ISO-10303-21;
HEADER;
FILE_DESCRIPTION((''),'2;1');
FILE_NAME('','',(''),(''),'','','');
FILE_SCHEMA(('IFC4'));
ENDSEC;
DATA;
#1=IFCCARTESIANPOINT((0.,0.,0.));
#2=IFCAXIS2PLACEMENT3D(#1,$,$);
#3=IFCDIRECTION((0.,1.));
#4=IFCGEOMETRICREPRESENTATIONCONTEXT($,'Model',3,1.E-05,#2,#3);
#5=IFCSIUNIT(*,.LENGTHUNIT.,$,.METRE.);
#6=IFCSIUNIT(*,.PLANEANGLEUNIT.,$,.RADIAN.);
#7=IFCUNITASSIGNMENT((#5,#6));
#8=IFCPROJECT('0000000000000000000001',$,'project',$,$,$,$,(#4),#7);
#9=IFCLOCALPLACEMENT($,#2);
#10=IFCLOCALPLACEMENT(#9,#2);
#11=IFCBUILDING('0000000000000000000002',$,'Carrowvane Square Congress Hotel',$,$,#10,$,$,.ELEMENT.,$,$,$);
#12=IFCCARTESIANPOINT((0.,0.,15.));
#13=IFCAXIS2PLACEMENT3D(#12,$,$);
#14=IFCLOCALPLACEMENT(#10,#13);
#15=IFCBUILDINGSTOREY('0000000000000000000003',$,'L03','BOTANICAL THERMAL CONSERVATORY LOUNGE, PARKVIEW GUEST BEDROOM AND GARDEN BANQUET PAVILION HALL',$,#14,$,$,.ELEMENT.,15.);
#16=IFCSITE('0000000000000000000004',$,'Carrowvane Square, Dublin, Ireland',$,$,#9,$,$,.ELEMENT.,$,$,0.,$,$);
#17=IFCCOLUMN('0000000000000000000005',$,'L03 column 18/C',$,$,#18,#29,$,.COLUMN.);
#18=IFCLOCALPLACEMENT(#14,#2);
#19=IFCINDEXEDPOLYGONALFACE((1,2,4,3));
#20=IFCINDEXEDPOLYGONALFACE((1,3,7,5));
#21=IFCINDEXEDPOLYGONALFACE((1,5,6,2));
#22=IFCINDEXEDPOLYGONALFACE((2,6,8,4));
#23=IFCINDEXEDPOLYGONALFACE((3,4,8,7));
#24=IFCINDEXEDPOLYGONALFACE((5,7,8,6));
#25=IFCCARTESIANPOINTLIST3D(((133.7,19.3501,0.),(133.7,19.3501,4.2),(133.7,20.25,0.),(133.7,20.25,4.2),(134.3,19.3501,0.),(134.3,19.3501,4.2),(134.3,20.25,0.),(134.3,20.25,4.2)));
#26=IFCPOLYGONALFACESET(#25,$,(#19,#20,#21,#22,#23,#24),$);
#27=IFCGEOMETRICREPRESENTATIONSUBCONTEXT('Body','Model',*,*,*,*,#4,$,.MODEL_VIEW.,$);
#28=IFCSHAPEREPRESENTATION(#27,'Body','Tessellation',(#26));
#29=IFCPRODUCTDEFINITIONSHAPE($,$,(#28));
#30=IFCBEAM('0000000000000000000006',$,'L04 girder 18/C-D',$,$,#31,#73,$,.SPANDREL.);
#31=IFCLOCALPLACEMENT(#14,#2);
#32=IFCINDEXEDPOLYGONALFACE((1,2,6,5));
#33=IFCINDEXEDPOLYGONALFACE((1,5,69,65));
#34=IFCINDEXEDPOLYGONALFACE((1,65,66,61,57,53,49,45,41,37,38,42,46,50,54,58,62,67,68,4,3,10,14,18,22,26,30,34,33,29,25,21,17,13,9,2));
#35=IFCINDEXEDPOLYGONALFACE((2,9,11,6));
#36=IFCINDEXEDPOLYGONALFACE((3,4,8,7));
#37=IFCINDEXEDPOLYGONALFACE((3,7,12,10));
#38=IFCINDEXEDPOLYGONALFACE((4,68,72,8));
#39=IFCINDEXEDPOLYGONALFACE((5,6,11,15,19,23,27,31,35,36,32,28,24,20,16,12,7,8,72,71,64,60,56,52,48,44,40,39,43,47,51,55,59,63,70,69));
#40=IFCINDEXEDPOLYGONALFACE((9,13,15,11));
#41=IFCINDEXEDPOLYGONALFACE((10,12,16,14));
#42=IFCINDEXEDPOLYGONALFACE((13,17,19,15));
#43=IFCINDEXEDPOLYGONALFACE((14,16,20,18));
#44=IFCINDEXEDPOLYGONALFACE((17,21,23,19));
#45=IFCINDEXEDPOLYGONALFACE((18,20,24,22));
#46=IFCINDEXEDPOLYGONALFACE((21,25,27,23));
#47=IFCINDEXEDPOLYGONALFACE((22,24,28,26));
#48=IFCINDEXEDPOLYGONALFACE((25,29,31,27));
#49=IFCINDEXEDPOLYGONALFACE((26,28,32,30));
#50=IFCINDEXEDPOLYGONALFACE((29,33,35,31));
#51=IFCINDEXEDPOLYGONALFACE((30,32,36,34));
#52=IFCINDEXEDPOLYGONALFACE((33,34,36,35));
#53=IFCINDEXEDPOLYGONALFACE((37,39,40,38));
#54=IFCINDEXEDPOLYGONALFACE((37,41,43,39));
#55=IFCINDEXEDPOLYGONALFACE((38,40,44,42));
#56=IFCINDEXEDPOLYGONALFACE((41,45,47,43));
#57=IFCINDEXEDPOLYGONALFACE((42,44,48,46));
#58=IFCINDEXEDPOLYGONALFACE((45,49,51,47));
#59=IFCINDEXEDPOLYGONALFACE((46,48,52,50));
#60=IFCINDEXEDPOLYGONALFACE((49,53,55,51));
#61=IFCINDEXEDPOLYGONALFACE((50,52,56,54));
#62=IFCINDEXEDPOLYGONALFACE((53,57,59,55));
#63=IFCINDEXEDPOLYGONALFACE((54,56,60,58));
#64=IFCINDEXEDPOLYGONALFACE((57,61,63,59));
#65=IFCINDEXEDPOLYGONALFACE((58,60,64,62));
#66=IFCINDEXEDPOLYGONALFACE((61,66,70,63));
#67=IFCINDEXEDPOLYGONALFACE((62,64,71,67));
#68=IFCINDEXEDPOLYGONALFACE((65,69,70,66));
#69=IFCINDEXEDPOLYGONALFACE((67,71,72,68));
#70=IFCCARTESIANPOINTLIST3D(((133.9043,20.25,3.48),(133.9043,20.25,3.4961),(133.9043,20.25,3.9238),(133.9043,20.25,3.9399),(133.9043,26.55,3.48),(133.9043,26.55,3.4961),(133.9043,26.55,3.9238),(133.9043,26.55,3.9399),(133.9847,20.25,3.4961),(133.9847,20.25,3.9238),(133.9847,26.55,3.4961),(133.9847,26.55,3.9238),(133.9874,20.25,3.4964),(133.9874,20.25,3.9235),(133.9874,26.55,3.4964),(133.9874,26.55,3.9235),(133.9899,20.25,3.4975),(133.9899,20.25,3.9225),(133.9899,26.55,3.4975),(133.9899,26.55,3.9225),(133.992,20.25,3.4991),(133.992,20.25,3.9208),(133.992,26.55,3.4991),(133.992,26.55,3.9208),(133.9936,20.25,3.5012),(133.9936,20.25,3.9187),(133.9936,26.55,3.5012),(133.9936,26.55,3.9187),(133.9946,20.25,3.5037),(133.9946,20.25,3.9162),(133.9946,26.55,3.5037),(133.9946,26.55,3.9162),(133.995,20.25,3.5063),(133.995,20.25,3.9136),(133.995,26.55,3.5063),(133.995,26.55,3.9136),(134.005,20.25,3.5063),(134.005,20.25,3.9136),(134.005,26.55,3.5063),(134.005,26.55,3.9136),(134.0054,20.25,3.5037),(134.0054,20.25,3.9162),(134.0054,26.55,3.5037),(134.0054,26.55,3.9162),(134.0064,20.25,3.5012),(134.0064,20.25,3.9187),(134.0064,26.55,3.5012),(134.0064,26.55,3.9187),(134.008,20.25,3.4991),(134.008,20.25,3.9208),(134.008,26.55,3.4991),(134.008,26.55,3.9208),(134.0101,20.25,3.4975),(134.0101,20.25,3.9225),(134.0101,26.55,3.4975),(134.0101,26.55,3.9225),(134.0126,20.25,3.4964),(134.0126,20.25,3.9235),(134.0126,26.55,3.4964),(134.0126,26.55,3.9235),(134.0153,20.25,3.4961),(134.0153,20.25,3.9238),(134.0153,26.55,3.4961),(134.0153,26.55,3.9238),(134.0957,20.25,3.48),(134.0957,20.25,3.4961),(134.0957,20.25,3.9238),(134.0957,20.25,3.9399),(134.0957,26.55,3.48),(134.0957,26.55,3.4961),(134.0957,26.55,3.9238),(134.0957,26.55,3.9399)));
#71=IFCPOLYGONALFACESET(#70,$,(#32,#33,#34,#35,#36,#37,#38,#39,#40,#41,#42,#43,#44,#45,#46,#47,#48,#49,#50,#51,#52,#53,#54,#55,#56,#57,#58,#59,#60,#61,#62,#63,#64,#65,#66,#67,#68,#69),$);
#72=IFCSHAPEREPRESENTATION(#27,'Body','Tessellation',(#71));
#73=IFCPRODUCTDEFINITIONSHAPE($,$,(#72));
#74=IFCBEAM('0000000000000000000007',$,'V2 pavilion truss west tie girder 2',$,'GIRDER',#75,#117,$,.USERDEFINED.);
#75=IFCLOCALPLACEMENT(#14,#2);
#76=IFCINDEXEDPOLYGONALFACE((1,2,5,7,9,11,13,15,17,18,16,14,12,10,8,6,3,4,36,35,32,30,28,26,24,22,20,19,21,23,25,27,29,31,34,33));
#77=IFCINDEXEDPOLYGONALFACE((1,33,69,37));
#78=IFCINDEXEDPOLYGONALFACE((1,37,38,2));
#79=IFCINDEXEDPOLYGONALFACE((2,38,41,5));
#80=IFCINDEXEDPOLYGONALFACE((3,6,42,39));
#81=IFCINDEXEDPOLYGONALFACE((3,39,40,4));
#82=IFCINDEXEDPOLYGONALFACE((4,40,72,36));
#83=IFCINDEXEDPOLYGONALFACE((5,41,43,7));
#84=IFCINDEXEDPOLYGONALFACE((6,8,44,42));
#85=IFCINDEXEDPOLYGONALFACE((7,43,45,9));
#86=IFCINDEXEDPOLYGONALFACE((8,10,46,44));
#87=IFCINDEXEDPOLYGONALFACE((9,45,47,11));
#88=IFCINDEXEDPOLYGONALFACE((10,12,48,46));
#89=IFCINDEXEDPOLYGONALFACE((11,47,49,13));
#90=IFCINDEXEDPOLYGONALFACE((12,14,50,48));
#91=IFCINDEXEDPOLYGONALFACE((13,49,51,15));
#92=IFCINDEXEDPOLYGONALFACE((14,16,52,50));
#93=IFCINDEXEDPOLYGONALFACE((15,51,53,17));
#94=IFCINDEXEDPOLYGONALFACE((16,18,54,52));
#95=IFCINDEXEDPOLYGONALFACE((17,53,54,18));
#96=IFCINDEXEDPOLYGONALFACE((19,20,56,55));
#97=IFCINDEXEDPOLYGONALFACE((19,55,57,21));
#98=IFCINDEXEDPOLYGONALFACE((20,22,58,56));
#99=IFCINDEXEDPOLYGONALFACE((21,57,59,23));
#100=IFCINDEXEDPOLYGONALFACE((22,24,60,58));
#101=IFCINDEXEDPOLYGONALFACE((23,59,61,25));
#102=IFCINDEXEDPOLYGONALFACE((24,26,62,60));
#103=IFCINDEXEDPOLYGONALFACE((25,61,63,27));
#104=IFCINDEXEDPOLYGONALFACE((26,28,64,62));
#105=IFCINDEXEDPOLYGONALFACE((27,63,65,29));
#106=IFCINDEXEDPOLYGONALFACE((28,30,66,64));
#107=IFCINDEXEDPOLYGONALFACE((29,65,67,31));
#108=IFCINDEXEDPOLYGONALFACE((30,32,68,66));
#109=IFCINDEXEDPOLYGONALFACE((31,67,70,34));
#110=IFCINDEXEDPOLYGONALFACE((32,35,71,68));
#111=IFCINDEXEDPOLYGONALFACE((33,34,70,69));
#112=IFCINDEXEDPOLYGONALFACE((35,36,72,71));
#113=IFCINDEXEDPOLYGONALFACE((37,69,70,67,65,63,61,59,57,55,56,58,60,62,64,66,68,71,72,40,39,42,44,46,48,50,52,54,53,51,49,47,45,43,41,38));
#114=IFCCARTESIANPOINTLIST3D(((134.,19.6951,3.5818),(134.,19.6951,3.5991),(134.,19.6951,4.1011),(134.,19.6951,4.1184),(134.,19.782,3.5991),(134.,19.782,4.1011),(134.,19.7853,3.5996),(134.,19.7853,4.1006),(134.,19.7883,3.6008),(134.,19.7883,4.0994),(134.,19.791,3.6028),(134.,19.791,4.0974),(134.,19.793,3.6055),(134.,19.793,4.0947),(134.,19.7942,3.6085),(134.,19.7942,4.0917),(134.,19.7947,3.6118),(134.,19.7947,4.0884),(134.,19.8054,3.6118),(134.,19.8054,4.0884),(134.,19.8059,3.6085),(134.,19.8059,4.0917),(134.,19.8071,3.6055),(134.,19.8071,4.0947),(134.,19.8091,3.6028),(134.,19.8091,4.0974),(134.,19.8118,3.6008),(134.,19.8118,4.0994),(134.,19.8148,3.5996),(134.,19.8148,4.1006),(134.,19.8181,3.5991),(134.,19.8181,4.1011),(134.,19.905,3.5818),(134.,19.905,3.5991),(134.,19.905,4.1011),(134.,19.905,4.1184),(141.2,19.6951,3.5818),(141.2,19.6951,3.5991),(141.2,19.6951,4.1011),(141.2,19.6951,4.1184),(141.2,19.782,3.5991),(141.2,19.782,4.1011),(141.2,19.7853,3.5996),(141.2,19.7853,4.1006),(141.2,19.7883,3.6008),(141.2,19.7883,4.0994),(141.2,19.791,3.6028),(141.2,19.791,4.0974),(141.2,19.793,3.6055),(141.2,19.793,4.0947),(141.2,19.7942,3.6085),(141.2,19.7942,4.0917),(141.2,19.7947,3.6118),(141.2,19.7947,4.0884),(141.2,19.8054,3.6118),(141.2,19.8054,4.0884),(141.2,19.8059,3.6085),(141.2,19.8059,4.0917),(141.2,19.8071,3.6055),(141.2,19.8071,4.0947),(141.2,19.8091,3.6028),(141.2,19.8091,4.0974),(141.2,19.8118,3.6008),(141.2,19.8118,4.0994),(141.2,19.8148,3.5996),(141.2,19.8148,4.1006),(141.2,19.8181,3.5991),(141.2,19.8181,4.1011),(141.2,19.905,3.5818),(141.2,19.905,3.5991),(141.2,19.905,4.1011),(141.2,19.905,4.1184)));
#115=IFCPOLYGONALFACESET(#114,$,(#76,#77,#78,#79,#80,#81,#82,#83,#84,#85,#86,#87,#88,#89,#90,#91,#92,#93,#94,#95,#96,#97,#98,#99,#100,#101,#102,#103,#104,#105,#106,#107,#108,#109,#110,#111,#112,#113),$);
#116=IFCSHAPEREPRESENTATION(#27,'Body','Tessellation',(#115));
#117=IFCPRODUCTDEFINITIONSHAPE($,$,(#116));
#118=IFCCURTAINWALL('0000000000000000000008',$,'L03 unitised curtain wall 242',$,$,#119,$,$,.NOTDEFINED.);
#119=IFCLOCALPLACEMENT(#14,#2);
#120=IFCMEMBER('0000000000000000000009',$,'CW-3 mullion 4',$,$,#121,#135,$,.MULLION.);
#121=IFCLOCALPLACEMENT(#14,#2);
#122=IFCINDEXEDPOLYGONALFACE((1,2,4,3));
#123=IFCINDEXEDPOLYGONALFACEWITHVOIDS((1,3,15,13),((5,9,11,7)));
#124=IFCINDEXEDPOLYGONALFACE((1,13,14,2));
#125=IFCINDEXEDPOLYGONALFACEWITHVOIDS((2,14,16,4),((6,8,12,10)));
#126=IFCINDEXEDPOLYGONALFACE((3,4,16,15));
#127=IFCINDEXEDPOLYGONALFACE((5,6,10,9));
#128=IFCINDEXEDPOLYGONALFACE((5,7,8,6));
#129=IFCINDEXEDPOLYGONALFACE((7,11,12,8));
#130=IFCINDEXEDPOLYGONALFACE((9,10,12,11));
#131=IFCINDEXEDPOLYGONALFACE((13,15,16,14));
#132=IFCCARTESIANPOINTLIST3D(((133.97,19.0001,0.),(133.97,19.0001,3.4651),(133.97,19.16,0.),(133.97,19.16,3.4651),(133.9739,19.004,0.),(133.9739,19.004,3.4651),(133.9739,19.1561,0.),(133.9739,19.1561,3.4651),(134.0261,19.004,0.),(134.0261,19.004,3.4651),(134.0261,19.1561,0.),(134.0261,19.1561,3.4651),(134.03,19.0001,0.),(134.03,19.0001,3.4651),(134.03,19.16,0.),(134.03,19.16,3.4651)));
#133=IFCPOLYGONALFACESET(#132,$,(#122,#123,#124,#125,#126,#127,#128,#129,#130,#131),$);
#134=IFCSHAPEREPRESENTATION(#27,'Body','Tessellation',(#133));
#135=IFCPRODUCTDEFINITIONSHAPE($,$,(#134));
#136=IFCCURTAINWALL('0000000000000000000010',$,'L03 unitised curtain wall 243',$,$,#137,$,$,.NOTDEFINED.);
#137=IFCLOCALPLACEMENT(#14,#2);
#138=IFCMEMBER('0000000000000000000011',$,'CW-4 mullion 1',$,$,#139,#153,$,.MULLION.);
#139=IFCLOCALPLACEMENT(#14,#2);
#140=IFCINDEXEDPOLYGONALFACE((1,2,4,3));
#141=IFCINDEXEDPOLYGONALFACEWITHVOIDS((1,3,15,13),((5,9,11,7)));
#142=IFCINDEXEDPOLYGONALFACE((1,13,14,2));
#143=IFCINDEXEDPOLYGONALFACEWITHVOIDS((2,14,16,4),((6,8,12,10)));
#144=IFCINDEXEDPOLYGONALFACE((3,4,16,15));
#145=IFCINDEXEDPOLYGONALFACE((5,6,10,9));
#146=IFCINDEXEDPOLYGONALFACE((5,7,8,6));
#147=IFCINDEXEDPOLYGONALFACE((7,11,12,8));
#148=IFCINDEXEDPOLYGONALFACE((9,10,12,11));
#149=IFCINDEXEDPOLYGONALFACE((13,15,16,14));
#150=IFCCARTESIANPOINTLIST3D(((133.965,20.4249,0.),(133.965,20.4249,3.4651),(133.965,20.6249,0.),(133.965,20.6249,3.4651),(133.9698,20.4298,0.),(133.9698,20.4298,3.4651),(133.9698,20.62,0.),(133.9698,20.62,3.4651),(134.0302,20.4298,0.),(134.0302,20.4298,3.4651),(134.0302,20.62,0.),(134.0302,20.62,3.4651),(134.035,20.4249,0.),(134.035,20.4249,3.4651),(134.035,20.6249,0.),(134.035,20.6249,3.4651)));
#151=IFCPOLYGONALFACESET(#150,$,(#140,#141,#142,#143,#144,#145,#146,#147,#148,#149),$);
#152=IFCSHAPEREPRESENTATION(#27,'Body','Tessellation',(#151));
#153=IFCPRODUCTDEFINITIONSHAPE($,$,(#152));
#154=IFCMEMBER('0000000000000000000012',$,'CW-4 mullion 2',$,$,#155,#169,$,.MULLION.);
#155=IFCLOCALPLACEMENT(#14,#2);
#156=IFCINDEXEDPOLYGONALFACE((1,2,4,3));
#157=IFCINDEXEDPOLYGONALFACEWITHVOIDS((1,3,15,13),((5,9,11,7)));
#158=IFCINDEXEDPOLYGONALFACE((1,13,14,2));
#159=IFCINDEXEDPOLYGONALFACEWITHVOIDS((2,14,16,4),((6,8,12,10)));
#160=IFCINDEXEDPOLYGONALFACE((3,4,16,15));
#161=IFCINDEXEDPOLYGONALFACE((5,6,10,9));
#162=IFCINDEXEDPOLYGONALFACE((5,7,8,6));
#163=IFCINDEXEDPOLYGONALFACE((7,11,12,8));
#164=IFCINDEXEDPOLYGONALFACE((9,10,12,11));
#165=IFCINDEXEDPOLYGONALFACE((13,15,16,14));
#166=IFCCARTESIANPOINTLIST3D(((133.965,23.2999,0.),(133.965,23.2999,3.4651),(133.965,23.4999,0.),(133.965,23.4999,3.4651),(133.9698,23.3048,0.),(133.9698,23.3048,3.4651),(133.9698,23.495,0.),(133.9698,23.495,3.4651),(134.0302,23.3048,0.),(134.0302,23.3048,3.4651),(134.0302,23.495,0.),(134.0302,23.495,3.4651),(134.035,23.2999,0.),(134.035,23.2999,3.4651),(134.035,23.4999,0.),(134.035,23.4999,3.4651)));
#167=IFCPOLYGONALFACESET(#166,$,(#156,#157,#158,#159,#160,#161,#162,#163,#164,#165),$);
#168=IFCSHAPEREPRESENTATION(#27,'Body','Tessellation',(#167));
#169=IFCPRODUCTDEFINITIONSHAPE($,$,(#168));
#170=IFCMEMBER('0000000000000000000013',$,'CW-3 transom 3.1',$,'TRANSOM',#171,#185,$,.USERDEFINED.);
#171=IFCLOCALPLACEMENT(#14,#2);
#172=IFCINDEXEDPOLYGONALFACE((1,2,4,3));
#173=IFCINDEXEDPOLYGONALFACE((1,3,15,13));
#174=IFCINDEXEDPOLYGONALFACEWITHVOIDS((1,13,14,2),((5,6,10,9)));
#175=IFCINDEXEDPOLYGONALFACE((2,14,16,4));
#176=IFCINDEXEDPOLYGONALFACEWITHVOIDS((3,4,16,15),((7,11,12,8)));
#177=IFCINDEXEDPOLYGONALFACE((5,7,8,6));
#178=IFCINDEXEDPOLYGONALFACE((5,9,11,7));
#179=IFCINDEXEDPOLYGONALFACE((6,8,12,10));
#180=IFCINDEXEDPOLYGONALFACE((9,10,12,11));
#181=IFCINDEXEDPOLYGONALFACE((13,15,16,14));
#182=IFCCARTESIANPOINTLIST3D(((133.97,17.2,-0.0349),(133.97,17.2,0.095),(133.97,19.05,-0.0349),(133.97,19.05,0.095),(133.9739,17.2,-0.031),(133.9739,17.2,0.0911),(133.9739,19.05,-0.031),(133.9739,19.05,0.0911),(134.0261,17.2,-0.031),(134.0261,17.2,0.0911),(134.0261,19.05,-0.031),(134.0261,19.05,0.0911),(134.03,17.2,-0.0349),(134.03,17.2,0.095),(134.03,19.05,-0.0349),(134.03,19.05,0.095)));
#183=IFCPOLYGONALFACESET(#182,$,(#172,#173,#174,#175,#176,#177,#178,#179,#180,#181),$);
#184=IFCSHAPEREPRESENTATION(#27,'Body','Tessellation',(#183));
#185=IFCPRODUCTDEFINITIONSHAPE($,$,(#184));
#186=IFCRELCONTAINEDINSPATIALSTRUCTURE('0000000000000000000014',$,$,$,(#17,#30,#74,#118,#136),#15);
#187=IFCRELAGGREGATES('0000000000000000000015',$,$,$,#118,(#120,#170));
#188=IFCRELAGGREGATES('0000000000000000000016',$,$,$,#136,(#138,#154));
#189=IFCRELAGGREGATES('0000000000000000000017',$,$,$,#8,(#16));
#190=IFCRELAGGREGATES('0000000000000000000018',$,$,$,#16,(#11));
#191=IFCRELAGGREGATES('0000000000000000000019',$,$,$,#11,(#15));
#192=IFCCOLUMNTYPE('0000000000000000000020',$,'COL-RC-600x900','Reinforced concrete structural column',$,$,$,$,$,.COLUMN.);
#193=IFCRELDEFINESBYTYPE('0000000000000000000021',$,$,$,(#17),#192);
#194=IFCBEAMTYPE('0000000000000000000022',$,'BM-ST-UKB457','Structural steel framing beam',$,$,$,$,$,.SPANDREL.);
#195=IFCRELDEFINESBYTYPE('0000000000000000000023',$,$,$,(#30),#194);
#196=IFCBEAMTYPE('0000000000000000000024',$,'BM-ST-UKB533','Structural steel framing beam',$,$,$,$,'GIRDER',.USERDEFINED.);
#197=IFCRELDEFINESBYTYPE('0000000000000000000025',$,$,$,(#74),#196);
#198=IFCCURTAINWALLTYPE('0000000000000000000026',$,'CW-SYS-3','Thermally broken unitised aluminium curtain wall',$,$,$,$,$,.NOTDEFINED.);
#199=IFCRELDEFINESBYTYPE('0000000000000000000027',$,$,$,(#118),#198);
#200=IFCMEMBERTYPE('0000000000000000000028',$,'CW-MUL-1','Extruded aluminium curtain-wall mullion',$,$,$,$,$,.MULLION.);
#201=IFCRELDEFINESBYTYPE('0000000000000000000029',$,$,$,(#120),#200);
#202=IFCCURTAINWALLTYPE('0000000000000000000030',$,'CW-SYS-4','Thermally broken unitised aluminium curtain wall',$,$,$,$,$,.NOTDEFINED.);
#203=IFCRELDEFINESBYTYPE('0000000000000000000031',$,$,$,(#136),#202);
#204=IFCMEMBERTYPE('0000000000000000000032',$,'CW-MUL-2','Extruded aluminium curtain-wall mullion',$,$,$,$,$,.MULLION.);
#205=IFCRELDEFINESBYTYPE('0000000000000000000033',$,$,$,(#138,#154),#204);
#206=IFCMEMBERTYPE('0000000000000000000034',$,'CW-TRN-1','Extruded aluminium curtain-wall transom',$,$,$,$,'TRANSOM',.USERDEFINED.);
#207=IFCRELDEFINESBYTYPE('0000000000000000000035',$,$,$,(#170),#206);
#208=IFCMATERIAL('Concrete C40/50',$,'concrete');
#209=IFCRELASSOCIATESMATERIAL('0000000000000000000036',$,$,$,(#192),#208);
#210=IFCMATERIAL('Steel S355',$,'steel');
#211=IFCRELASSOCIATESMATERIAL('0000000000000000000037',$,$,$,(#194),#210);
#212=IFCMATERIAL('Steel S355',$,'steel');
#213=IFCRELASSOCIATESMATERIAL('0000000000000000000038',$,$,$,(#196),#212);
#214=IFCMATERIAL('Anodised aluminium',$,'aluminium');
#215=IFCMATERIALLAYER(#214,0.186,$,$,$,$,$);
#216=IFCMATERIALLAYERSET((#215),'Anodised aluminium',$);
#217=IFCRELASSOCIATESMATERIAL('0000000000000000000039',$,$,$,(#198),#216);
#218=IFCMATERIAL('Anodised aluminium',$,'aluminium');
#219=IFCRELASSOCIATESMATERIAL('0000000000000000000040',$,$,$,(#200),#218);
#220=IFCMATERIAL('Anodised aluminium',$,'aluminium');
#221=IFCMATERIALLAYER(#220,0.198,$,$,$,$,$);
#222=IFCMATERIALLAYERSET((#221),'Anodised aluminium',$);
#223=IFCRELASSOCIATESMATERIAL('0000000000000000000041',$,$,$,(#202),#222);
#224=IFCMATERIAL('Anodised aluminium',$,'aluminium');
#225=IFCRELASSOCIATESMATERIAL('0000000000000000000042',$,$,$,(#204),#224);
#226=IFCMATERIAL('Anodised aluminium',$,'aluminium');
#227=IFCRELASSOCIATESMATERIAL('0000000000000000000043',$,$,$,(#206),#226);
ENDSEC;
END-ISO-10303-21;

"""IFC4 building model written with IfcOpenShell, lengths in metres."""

from ifc_helpers import new_model, si_unit, direction, frame, origin, origin_2d, place, context, subcontext, project, spatial, rectangle, hollow_rectangle, i_section, extrude, material, layer, layer_set, material_profile, profile_set, type_object, element, aggregate, save


model = new_model("IFC4")

# Units and contexts
model_context = context("Model", 3, precision=1e-05, world=origin(), true_north=direction((0.0, 1.0)))
body_context = subcontext(model_context, "Body", "Model", "MODEL_VIEW")
ifc_project = project(units=[si_unit("LENGTHUNIT", "METRE"), si_unit("PLANEANGLEUNIT", "RADIAN")], contexts=[model_context])

# Site, building, storey
site_placement = place(None, origin())
site = spatial("IfcSite", under=ifc_project, at=site_placement, Name="Carrowvane Square, Dublin, Ireland", CompositionType="ELEMENT", RefElevation=0.0)
building_placement = place(site_placement, origin())
building = spatial("IfcBuilding", under=site, at=building_placement, Name="Carrowvane Square Congress Hotel", CompositionType="ELEMENT")
storey_placement = place(building_placement, frame((0.0, 0.0, 15.0)))
storey = spatial("IfcBuildingStorey", under=building, at=storey_placement, Name="L03", Description="BOTANICAL THERMAL CONSERVATORY LOUNGE, PARKVIEW GUEST BEDROOM AND GARDEN BANQUET PAVILION HALL", CompositionType="ELEMENT", Elevation=15.0)

# Column
ifc_material_1 = material(Name="Concrete C40/50", Category="concrete")
ifc_material_profile_1 = material_profile(ifc_material_1, rectangle(XDim=0.6001, YDim=0.8999, at=origin_2d()), Name="RC 600x900")
ifc_profile_set_1 = profile_set([ifc_material_profile_1], Name="Concrete C40/50")
column_type = type_object("IfcColumnType", Name="COL-RC-600x900", Description="Reinforced concrete structural column", PredefinedType="COLUMN", material=ifc_profile_set_1)
column_placement = place(storey_placement, frame((134.0, 19.8, 0.0), z_axis=(0.0, 0.0, 1.0), x_axis=(1.0, 0.0, 0.0)))
element("IfcColumn", 1, at=column_placement, inside=storey, type_object=column_type, Name="L03 column 18/C", PredefinedType="COLUMN", context=body_context, shape_type="SweptSolid", body=[
    extrude(rectangle(XDim=0.6001, YDim=0.8999, at=origin_2d()), origin(), (0.0, 0.0, 1.0), 4.2),
])

# Beams
ifc_material_2 = material(Name="Steel S355", Category="steel")
ifc_material_profile_2 = material_profile(ifc_material_2, i_section(OverallWidth=0.1914, OverallDepth=0.46, WebThickness=0.01, FlangeThickness=0.0161, FilletRadius=0.0103, at=origin_2d()), Name="UKB 457x191x82")
ifc_profile_set_2 = profile_set([ifc_material_profile_2], Name="Steel S355")
beam_type_1 = type_object("IfcBeamType", Name="BM-ST-UKB457", Description="Structural steel framing beam", PredefinedType="SPANDREL", material=ifc_profile_set_2)
beam_1_placement = place(storey_placement, frame((134.0, 20.25, 3.71), z_axis=(0.0, 1.0, 0.0), x_axis=(-1.0, 0.0, 0.0)))
element("IfcBeam", 2, at=beam_1_placement, inside=storey, type_object=beam_type_1, Name="L04 girder 18/C-D", PredefinedType="SPANDREL", context=body_context, shape_type="SweptSolid", body=[
    extrude(i_section(OverallWidth=0.1914, OverallDepth=0.46, WebThickness=0.01, FlangeThickness=0.0161, FilletRadius=0.0103, at=origin_2d()), origin(), (0.0, 0.0, 1.0), 6.3),
])
ifc_material_3 = material(Name="Steel S355", Category="steel")
ifc_material_profile_3 = material_profile(ifc_material_3, i_section(OverallWidth=0.21, OverallDepth=0.5366, WebThickness=0.0107, FlangeThickness=0.0173, FilletRadius=0.0127, at=origin_2d()), Name="UKB 533x210x101")
ifc_profile_set_3 = profile_set([ifc_material_profile_3], Name="Steel S355")
beam_type_2 = type_object("IfcBeamType", Name="BM-ST-UKB533", Description="Structural steel framing beam", ElementType="GIRDER", PredefinedType="USERDEFINED", material=ifc_profile_set_3)
beam_2_placement = place(storey_placement, frame((134.0, 19.8, 3.8501), z_axis=(1.0, 0.0, 0.0), x_axis=(0.0, 1.0, 0.0)))
element("IfcBeam", 3, at=beam_2_placement, inside=storey, type_object=beam_type_2, Name="V2 pavilion truss west tie girder 2", ObjectType="GIRDER", PredefinedType="USERDEFINED", context=body_context, shape_type="SweptSolid", body=[
    extrude(i_section(OverallWidth=0.21, OverallDepth=0.5366, WebThickness=0.0107, FlangeThickness=0.0173, FilletRadius=0.0127, at=origin_2d()), origin(), (0.0, 0.0, 1.0), 7.2),
])

# Curtain wall, member
ifc_material_4 = material(Name="Anodised aluminium", Category="aluminium")
ifc_layer_1 = layer(ifc_material_4, 0.186)
ifc_layer_set_1 = layer_set([ifc_layer_1], Name="Anodised aluminium")
curtain_wall_type_1 = type_object("IfcCurtainWallType", Name="CW-SYS-3", Description="Thermally broken unitised aluminium curtain wall", PredefinedType="NOTDEFINED", material=ifc_layer_set_1)
curtain_wall_1_placement = place(storey_placement, origin())
curtain_wall_1 = element("IfcCurtainWall", 4, at=curtain_wall_1_placement, inside=storey, type_object=curtain_wall_type_1, Name="L03 unitised curtain wall 242", PredefinedType="NOTDEFINED")
ifc_material_5 = material(Name="Anodised aluminium", Category="aluminium")
ifc_material_profile_4 = material_profile(ifc_material_5, hollow_rectangle(XDim=0.0601, YDim=0.1599, WallThickness=0.0039, at=origin_2d()), Name="CW-ML 60x160x4")
ifc_profile_set_4 = profile_set([ifc_material_profile_4], Name="Anodised aluminium")
member_type_1 = type_object("IfcMemberType", Name="CW-MUL-1", Description="Extruded aluminium curtain-wall mullion", PredefinedType="MULLION", material=ifc_profile_set_4)
member_1_placement = place(storey_placement, frame((134.0, 19.0801, 0.0), z_axis=(0.0, 0.0, 1.0), x_axis=(-1.0, 0.0, 0.0)))
member_1 = element("IfcMember", 5, at=member_1_placement, type_object=member_type_1, Name="CW-3 mullion 4", PredefinedType="MULLION", context=body_context, shape_type="SweptSolid", body=[
    extrude(hollow_rectangle(XDim=0.0601, YDim=0.1599, WallThickness=0.0039, at=origin_2d()), origin(), (0.0, 0.0, 1.0), 3.4651),
])

# Curtain wall, members
ifc_material_6 = material(Name="Anodised aluminium", Category="aluminium")
ifc_layer_2 = layer(ifc_material_6, 0.198)
ifc_layer_set_2 = layer_set([ifc_layer_2], Name="Anodised aluminium")
curtain_wall_type_2 = type_object("IfcCurtainWallType", Name="CW-SYS-4", Description="Thermally broken unitised aluminium curtain wall", PredefinedType="NOTDEFINED", material=ifc_layer_set_2)
curtain_wall_2_placement = place(storey_placement, origin())
curtain_wall_2 = element("IfcCurtainWall", 6, at=curtain_wall_2_placement, inside=storey, type_object=curtain_wall_type_2, Name="L03 unitised curtain wall 243", PredefinedType="NOTDEFINED")
ifc_material_7 = material(Name="Anodised aluminium", Category="aluminium")
ifc_material_profile_5 = material_profile(ifc_material_7, hollow_rectangle(XDim=0.0701, YDim=0.2, WallThickness=0.0049, at=origin_2d()), Name="CW-ML 70x200x5")
ifc_profile_set_5 = profile_set([ifc_material_profile_5], Name="Anodised aluminium")
member_type_2 = type_object("IfcMemberType", Name="CW-MUL-2", Description="Extruded aluminium curtain-wall mullion", PredefinedType="MULLION", material=ifc_profile_set_5)
member_2_placement = place(storey_placement, frame((134.0, 20.5249, 0.0), z_axis=(0.0, 0.0, 1.0), x_axis=(-1.0, 0.0, 0.0)))
member_2 = element("IfcMember", 7, at=member_2_placement, type_object=member_type_2, Name="CW-4 mullion 1", PredefinedType="MULLION", context=body_context, shape_type="SweptSolid", body=[
    extrude(hollow_rectangle(XDim=0.0701, YDim=0.2, WallThickness=0.0049, at=origin_2d()), origin(), (0.0, 0.0, 1.0), 3.4651),
])
member_3_placement = place(storey_placement, frame((134.0, 23.3999, 0.0), z_axis=(0.0, 0.0, 1.0), x_axis=(-1.0, 0.0, 0.0)))
member_3 = element("IfcMember", 8, at=member_3_placement, type_object=member_type_2, Name="CW-4 mullion 2", PredefinedType="MULLION", context=body_context, shape_type="SweptSolid", body=[
    extrude(hollow_rectangle(XDim=0.0701, YDim=0.2, WallThickness=0.0049, at=origin_2d()), origin(), (0.0, 0.0, 1.0), 3.4651),
])

# Member
ifc_material_8 = material(Name="Anodised aluminium", Category="aluminium")
ifc_material_profile_6 = material_profile(ifc_material_8, hollow_rectangle(XDim=0.0601, YDim=0.1299, WallThickness=0.0039, at=origin_2d()), Name="CW-TR 60x130x4")
ifc_profile_set_6 = profile_set([ifc_material_profile_6], Name="Anodised aluminium")
member_type_3 = type_object("IfcMemberType", Name="CW-TRN-1", Description="Extruded aluminium curtain-wall transom", ElementType="TRANSOM", PredefinedType="USERDEFINED", material=ifc_profile_set_6)
member_4_placement = place(storey_placement, frame((134.0, 17.2, 0.03), z_axis=(0.0, 1.0, 0.0), x_axis=(-1.0, 0.0, 0.0)))
member_4 = element("IfcMember", 9, at=member_4_placement, type_object=member_type_3, Name="CW-3 transom 3.1", ObjectType="TRANSOM", PredefinedType="USERDEFINED", context=body_context, shape_type="SweptSolid", body=[
    extrude(hollow_rectangle(XDim=0.0601, YDim=0.1299, WallThickness=0.0039, at=origin_2d()), origin(), (0.0, 0.0, 1.0), 1.8501),
])

aggregate(curtain_wall_1, [member_1, member_4])
aggregate(curtain_wall_2, [member_2, member_3])

save(model, "model.ifc")
